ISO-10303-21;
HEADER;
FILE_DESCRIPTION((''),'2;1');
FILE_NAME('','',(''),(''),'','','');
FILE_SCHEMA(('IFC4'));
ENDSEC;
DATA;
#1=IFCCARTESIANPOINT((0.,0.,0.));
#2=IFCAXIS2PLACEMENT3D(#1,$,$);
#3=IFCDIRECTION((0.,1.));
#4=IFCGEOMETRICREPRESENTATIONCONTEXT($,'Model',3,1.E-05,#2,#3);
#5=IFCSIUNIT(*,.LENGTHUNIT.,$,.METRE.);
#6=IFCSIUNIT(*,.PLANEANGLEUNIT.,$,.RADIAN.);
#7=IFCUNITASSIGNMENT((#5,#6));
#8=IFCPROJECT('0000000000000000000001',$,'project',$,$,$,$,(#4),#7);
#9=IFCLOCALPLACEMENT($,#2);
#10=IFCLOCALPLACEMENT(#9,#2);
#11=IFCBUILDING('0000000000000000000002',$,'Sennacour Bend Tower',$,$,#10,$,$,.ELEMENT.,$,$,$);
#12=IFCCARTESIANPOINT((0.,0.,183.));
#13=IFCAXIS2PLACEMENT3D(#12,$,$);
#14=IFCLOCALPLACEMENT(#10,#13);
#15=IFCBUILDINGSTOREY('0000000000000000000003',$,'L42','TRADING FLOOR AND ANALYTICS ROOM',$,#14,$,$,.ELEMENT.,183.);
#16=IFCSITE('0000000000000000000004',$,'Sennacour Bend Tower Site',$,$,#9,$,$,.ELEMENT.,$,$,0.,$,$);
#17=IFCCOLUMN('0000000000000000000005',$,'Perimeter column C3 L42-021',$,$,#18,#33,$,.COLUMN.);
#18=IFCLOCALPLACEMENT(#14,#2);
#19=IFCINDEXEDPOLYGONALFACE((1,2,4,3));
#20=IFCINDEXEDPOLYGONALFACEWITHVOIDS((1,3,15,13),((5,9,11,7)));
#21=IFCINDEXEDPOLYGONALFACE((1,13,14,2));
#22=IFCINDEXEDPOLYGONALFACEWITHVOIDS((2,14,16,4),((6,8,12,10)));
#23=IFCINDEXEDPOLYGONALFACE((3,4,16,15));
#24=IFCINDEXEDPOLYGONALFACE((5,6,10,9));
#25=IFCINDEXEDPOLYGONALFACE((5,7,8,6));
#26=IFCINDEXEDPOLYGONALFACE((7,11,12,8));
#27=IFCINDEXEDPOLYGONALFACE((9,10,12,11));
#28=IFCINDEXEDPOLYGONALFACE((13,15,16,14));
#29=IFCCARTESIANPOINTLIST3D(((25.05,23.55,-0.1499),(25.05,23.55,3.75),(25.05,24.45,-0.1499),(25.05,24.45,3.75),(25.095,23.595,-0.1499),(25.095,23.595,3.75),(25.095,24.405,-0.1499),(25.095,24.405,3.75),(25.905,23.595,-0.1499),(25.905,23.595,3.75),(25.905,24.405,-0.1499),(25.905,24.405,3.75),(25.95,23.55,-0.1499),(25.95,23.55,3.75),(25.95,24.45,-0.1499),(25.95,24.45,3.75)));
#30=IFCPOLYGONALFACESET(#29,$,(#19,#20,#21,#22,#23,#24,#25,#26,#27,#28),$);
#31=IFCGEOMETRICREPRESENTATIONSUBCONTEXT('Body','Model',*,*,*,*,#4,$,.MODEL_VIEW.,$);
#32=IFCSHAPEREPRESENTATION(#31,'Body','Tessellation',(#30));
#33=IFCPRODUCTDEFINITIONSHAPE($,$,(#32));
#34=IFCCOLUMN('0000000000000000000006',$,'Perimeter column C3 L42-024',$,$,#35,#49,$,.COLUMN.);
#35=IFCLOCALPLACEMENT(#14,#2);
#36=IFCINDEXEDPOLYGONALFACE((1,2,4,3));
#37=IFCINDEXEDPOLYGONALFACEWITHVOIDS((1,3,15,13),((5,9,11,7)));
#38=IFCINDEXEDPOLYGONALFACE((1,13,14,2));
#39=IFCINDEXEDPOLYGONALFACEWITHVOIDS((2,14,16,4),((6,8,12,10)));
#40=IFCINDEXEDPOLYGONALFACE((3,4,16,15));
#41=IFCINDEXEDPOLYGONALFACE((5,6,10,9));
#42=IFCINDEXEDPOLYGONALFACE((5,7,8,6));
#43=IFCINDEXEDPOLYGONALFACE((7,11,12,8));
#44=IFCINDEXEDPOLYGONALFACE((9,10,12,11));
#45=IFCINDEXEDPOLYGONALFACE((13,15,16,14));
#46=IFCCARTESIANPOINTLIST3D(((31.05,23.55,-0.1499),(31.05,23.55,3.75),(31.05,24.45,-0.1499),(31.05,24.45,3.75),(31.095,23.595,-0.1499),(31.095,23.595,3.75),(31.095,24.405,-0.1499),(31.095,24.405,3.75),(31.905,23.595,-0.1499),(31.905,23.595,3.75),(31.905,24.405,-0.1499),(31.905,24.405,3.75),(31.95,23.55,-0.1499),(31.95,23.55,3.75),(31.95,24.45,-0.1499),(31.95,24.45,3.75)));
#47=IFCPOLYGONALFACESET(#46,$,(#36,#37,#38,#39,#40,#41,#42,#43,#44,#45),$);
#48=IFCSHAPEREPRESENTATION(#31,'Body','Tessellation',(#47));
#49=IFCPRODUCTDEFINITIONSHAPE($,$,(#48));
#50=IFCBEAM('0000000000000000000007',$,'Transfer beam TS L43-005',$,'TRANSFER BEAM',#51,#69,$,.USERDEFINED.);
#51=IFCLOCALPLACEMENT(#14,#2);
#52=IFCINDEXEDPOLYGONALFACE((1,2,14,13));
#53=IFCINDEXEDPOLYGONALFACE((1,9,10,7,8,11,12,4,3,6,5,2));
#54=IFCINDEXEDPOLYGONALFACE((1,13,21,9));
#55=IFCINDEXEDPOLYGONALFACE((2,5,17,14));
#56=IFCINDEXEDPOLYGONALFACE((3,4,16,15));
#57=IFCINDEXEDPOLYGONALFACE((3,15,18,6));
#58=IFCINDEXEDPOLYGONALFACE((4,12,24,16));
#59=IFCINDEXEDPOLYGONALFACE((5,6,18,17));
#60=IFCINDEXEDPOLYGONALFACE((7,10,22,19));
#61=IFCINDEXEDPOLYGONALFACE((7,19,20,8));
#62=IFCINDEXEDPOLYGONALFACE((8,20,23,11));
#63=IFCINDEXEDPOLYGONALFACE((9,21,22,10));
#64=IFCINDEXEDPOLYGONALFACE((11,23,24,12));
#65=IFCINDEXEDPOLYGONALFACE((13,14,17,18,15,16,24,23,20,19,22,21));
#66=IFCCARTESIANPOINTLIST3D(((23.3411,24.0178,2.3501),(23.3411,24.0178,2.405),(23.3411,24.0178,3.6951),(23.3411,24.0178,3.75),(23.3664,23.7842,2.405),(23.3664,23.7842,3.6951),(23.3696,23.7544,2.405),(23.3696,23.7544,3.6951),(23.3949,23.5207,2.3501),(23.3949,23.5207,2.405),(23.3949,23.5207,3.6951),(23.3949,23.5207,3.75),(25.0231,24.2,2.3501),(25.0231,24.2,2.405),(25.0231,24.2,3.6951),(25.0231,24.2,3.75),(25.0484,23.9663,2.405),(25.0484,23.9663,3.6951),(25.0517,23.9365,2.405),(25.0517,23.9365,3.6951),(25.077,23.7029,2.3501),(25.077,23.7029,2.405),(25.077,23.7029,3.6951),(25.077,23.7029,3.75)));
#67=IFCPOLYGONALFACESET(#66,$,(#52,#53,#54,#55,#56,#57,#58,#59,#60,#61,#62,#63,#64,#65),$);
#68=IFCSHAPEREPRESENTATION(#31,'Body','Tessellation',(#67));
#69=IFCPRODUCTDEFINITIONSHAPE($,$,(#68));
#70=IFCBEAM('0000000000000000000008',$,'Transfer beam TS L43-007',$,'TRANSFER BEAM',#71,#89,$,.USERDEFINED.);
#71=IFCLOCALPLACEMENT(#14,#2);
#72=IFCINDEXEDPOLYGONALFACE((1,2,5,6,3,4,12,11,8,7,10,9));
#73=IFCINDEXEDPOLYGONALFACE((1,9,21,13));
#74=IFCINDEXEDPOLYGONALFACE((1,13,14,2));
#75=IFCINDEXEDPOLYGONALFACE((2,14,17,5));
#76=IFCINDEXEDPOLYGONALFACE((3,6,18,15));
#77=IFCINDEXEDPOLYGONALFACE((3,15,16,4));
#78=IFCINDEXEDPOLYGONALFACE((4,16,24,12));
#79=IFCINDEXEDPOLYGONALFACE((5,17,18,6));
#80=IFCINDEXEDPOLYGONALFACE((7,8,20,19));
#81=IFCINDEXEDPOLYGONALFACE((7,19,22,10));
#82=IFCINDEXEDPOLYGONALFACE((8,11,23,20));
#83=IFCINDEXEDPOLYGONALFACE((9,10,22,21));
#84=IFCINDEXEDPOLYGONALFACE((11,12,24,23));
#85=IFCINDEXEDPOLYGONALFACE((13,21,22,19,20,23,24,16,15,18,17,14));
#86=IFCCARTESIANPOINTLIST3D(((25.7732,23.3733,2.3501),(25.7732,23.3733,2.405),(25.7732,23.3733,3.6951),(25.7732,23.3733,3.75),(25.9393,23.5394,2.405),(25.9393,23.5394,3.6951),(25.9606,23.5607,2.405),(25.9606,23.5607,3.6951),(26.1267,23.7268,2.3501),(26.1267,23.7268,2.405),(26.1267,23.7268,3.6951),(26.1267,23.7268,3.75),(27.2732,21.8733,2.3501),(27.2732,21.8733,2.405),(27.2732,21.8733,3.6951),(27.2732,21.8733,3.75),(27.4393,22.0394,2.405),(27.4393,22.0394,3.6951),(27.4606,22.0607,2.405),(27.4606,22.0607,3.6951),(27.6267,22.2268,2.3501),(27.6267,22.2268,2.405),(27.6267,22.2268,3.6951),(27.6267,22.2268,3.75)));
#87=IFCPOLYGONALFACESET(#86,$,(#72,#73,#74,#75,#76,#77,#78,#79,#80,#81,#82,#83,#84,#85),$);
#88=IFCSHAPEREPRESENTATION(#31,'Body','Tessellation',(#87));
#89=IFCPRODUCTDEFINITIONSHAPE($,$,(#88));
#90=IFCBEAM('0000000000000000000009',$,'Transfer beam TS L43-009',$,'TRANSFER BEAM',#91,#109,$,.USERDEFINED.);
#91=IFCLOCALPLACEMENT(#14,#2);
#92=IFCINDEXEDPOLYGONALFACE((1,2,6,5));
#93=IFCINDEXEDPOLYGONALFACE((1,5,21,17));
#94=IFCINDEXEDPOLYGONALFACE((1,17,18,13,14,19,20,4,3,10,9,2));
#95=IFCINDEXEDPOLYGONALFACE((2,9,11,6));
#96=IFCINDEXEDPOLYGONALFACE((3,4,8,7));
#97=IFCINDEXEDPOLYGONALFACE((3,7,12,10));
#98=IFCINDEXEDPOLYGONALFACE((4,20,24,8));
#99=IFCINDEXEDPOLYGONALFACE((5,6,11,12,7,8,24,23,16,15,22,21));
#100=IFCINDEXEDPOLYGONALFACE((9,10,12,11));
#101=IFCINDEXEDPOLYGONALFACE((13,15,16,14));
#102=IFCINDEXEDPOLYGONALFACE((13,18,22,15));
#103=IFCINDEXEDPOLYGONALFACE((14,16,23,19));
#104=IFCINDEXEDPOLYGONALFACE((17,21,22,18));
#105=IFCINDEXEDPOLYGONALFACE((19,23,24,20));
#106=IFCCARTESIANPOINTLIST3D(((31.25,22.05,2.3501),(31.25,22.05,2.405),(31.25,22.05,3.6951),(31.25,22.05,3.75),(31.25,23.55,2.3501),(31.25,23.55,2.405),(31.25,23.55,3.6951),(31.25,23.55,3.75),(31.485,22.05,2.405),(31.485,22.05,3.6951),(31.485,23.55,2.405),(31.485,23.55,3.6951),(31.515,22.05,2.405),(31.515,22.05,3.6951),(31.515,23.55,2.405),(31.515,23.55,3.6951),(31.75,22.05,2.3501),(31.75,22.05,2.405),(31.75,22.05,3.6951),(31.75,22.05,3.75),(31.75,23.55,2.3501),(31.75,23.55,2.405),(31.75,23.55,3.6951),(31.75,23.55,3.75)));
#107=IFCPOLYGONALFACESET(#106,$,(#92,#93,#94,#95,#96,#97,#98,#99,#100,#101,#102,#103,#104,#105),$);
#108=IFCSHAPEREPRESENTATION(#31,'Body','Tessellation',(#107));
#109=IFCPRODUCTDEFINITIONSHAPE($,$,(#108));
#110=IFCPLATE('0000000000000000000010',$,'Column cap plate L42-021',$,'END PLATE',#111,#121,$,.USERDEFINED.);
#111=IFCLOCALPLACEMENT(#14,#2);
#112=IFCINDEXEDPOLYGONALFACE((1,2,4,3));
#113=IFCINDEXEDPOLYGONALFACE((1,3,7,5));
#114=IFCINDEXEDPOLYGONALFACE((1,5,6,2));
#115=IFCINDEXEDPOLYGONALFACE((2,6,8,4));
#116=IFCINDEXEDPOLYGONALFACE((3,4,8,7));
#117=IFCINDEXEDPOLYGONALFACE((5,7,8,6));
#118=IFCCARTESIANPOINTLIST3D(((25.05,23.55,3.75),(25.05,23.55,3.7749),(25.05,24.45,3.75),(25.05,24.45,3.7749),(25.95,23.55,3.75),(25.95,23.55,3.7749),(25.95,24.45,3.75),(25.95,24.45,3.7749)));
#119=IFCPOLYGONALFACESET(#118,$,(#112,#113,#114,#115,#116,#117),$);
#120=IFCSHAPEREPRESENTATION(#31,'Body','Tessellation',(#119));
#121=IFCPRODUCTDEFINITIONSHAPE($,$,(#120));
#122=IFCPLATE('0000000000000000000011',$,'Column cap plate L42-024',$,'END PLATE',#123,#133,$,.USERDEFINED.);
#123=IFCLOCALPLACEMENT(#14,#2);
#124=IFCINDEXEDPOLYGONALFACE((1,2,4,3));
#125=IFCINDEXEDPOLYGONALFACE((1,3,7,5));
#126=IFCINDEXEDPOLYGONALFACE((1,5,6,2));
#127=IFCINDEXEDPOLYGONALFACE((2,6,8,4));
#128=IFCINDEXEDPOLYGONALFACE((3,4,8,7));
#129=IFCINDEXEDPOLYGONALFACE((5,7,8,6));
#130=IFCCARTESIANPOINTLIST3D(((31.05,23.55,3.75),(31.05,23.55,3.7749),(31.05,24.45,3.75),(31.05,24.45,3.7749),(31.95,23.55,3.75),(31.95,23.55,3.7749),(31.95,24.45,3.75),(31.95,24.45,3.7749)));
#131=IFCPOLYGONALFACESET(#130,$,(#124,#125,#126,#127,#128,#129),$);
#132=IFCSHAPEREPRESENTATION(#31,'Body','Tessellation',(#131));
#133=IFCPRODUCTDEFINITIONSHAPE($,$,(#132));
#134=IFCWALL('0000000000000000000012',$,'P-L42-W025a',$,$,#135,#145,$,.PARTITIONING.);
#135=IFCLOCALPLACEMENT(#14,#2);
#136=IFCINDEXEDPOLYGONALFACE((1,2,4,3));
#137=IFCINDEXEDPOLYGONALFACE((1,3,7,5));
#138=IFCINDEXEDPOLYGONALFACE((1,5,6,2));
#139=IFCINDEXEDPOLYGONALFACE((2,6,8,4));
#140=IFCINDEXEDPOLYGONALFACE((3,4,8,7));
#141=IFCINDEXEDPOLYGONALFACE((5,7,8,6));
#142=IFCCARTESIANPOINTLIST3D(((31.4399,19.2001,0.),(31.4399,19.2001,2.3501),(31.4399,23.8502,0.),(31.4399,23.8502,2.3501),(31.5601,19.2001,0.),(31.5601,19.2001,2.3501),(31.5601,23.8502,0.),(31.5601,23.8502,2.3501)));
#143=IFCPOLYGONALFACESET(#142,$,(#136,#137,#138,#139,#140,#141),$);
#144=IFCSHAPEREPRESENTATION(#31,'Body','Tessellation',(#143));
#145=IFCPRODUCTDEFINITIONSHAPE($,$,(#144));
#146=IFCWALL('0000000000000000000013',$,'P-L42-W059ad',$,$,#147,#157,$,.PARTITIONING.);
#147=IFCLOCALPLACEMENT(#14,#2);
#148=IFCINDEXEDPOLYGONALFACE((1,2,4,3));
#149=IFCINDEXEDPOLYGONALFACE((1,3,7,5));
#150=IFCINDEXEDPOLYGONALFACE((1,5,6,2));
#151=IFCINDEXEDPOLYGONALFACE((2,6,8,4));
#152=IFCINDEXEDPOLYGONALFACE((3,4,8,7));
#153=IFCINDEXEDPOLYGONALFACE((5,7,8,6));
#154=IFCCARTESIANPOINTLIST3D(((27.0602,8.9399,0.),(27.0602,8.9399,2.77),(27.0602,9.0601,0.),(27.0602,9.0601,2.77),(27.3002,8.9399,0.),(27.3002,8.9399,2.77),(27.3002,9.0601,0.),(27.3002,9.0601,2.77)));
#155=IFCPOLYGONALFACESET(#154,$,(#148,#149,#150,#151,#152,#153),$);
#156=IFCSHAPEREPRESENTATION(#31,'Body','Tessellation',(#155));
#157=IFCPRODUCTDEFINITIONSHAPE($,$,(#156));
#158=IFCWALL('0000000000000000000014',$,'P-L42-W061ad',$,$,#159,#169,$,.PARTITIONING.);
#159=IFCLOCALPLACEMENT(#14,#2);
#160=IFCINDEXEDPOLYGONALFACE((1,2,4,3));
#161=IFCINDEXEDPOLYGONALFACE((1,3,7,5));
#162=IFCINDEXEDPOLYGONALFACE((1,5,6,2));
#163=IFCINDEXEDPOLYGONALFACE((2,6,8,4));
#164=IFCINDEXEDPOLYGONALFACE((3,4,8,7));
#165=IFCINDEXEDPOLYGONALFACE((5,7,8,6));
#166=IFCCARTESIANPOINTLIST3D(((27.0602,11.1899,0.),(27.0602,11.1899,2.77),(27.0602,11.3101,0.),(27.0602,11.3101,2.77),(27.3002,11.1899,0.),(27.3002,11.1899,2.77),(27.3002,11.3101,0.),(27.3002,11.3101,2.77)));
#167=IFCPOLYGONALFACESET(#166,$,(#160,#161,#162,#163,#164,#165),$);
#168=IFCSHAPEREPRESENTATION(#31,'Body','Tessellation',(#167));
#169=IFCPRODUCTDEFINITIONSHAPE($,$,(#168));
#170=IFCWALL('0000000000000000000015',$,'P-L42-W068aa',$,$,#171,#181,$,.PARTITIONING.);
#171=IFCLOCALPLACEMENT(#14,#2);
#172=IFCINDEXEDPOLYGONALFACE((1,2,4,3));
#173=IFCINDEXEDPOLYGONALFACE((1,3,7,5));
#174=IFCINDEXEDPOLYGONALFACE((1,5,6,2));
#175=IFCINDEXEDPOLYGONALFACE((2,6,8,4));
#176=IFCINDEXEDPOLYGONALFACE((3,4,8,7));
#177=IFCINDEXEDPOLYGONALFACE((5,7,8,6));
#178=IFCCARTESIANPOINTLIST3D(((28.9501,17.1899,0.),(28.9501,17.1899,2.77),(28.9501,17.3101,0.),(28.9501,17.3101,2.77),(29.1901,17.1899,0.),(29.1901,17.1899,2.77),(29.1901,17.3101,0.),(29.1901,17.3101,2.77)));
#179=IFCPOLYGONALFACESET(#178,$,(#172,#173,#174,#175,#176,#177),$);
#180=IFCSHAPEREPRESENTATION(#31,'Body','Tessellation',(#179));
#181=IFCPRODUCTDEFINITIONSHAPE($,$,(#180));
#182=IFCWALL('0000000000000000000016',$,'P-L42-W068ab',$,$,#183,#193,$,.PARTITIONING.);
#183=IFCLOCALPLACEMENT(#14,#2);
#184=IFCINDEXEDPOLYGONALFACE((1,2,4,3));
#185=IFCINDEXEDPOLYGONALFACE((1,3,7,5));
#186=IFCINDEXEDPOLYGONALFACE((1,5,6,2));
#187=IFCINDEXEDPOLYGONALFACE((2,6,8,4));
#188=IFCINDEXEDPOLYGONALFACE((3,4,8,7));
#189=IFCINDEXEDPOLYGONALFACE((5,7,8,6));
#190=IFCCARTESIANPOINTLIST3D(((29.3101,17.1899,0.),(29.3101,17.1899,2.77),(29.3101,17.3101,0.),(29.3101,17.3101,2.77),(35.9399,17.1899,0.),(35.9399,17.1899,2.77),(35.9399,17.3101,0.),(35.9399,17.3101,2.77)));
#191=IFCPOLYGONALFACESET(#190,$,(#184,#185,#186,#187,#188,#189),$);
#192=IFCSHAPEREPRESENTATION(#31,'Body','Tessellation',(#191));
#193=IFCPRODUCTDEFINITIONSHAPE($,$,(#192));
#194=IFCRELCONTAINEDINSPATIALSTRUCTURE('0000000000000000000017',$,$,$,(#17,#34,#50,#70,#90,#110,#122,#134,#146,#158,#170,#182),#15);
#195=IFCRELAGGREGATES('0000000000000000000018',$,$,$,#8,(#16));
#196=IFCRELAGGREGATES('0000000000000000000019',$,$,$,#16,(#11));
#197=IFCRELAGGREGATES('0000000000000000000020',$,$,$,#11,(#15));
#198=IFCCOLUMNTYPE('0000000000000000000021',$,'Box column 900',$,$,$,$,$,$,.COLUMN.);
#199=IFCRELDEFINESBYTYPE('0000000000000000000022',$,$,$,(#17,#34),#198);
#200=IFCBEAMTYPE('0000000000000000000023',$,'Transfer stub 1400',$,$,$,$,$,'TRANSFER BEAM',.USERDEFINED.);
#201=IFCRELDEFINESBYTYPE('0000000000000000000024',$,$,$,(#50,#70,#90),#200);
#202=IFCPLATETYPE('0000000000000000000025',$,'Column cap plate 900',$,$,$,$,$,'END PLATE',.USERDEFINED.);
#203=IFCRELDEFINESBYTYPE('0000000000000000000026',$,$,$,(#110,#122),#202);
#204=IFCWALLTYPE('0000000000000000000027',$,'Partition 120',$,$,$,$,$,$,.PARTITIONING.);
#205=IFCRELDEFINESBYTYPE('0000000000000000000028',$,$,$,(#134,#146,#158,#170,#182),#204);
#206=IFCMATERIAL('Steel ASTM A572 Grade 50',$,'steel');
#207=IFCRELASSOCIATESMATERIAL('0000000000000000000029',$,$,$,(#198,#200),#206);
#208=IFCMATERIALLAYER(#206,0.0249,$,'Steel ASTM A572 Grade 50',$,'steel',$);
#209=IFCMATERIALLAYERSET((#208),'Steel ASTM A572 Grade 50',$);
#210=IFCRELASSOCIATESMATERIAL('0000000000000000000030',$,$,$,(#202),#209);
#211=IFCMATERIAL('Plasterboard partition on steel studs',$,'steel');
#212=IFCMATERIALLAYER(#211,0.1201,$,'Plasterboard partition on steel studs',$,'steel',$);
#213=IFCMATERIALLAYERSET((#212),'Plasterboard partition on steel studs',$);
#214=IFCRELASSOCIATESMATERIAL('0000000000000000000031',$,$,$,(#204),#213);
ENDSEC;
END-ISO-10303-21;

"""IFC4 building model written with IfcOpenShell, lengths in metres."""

from ifc_helpers import new_model, si_unit, direction, frame, frame_2d, origin, origin_2d, place, context, subcontext, project, spatial, rectangle, hollow_rectangle, i_section, extrude, material, layer, layer_set, material_profile, profile_set, type_object, element, save


model = new_model("IFC4")

# Units and contexts
model_context = context("Model", 3, precision=1e-05, world=origin(), true_north=direction((0.0, 1.0)))
body_context = subcontext(model_context, "Body", "Model", "MODEL_VIEW")
ifc_project = project(units=[si_unit("LENGTHUNIT", "METRE"), si_unit("PLANEANGLEUNIT", "RADIAN")], contexts=[model_context])

# Site, building, storey
site_placement = place(None, origin())
site = spatial("IfcSite", under=ifc_project, at=site_placement, Name="Sennacour Bend Tower Site", CompositionType="ELEMENT", RefElevation=0.0)
building_placement = place(site_placement, origin())
building = spatial("IfcBuilding", under=site, at=building_placement, Name="Sennacour Bend Tower", CompositionType="ELEMENT")
storey_placement = place(building_placement, frame((0.0, 0.0, 183.0)))
storey = spatial("IfcBuildingStorey", under=building, at=storey_placement, Name="L42", Description="TRADING FLOOR AND ANALYTICS ROOM", CompositionType="ELEMENT", Elevation=183.0)

# Columns
ifc_material_1 = material(Name="Steel ASTM A572 Grade 50", Category="steel")
ifc_material_profile_1 = material_profile(ifc_material_1, hollow_rectangle(XDim=0.8999, YDim=0.8999, WallThickness=0.0449, at=origin_2d()), Name="Steel ASTM A572 Grade 50", Category="steel")
ifc_profile_set_1 = profile_set([ifc_material_profile_1], Name="Steel ASTM A572 Grade 50")
column_type = type_object("IfcColumnType", Name="Box column 900", PredefinedType="COLUMN", material=ifc_profile_set_1)
for number, where, z_axis, x_axis, name in (
    (1, (25.5, 24.0, -0.1499), (0.0, 0.0, 1.0), (1.0, 0.0, 0.0), "Perimeter column C3 L42-021"),
    (2, (31.5, 24.0, -0.1499), (0.0, 0.0, 1.0), (1.0, 0.0, 0.0), "Perimeter column C3 L42-024"),
):
    element("IfcColumn", number, at=place(storey_placement, frame(where, z_axis=z_axis, x_axis=x_axis)), inside=storey, type_object=column_type, Name=name, PredefinedType="COLUMN", context=body_context, shape_type="SweptSolid", body=[
        extrude(hollow_rectangle(XDim=0.8999, YDim=0.8999, WallThickness=0.0449, at=origin_2d()), origin(), (0.0, 0.0, 1.0), 3.8999),
    ])

# Beams
ifc_material_profile_2 = material_profile(ifc_material_1, i_section(OverallWidth=0.5, OverallDepth=1.3999, WebThickness=0.03, FlangeThickness=0.0549, at=origin_2d()), Name="Steel ASTM A572 Grade 50", Category="steel")
ifc_profile_set_2 = profile_set([ifc_material_profile_2], Name="Steel ASTM A572 Grade 50")
beam_type = type_object("IfcBeamType", Name="Transfer stub 1400", ElementType="TRANSFER BEAM", PredefinedType="USERDEFINED", material=ifc_profile_set_2)
beam_1_placement = place(storey_placement, frame((25.05, 23.9514, 3.05), z_axis=(-0.99419, -0.107644, 0.0), x_axis=(0.107644, -0.99419, 0.0)))
element("IfcBeam", 3, at=beam_1_placement, inside=storey, type_object=beam_type, Name="Transfer beam TS L43-005", ObjectType="TRANSFER BEAM", PredefinedType="USERDEFINED", context=body_context, shape_type="SweptSolid", body=[
    extrude(i_section(OverallWidth=0.5, OverallDepth=1.3999, WebThickness=0.03, FlangeThickness=0.0549, at=origin_2d()), origin(), (0.0, 0.0, 1.0), 1.6919),
])
beam_2_placement = place(storey_placement, frame((25.95, 23.55, 3.05), z_axis=(0.707107, -0.707107, 0.0), x_axis=(0.707107, 0.707107, 0.0)))
element("IfcBeam", 4, at=beam_2_placement, inside=storey, type_object=beam_type, Name="Transfer beam TS L43-007", ObjectType="TRANSFER BEAM", PredefinedType="USERDEFINED", context=body_context, shape_type="SweptSolid", body=[
    extrude(i_section(OverallWidth=0.5, OverallDepth=1.3999, WebThickness=0.03, FlangeThickness=0.0549, at=origin_2d()), origin(), (0.0, 0.0, 1.0), 2.1213),
])
beam_3_placement = place(storey_placement, frame((31.5, 23.55, 3.05), z_axis=(0.0, -1.0, 0.0), x_axis=(1.0, 0.0, 0.0)))
element("IfcBeam", 5, at=beam_3_placement, inside=storey, type_object=beam_type, Name="Transfer beam TS L43-009", ObjectType="TRANSFER BEAM", PredefinedType="USERDEFINED", context=body_context, shape_type="SweptSolid", body=[
    extrude(i_section(OverallWidth=0.5, OverallDepth=1.3999, WebThickness=0.03, FlangeThickness=0.0549, at=origin_2d()), origin(), (0.0, 0.0, 1.0), 1.5),
])

# Plates
ifc_layer_1 = layer(ifc_material_1, 0.0249, Name="Steel ASTM A572 Grade 50", Category="steel")
ifc_layer_set_1 = layer_set([ifc_layer_1], Name="Steel ASTM A572 Grade 50")
plate_type = type_object("IfcPlateType", Name="Column cap plate 900", ElementType="END PLATE", PredefinedType="USERDEFINED", material=ifc_layer_set_1)
for number, where, z_axis, x_axis, name in (
    (6, (25.5, 24.0, 3.75), (0.0, 0.0, 1.0), (1.0, 0.0, 0.0), "Column cap plate L42-021"),
    (7, (31.5, 24.0, 3.75), (0.0, 0.0, 1.0), (1.0, 0.0, 0.0), "Column cap plate L42-024"),
):
    element("IfcPlate", number, at=place(storey_placement, frame(where, z_axis=z_axis, x_axis=x_axis)), inside=storey, type_object=plate_type, Name=name, ObjectType="END PLATE", PredefinedType="USERDEFINED", context=body_context, shape_type="SweptSolid", body=[
        extrude(rectangle(XDim=0.8999, YDim=0.8999, at=origin_2d()), origin(), (0.0, 0.0, 1.0), 0.0249),
    ])

# Walls
ifc_material_2 = material(Name="Plasterboard partition on steel studs", Category="steel")
ifc_layer_2 = layer(ifc_material_2, 0.1201, Name="Plasterboard partition on steel studs", Category="steel")
ifc_layer_set_2 = layer_set([ifc_layer_2], Name="Plasterboard partition on steel studs")
wall_type_1 = type_object("IfcWallType", Name="Partition 120", PredefinedType="PARTITIONING", material=ifc_layer_set_2)
wall_1_placement = place(storey_placement, frame((31.5, 19.2, 0.0), z_axis=(0.0, 0.0, 1.0), x_axis=(0.0, 1.0, 0.0)))
element("IfcWall", 8, at=wall_1_placement, inside=storey, type_object=wall_type_1, Name="P-L42-W025a", PredefinedType="PARTITIONING", context=body_context, shape_type="SweptSolid", body=[
    extrude(rectangle(XDim=4.6501, YDim=0.1201, at=frame_2d((2.3252, 0.0))), origin(), (0.0, 0.0, 1.0), 2.3501),
])
for number, where, z_axis, x_axis, name in (
    (9, (27.0601, 9.0, 0.0), (0.0, 0.0, 1.0), (1.0, 0.0, 0.0), "P-L42-W059ad"),
    (10, (27.0601, 11.25, 0.0), (0.0, 0.0, 1.0), (1.0, 0.0, 0.0), "P-L42-W061ad"),
    (11, (28.95, 17.25, 0.0), (0.0, 0.0, 1.0), (1.0, 0.0, 0.0), "P-L42-W068aa"),
):
    element("IfcWall", number, at=place(storey_placement, frame(where, z_axis=z_axis, x_axis=x_axis)), inside=storey, type_object=wall_type_1, Name=name, PredefinedType="PARTITIONING", context=body_context, shape_type="SweptSolid", body=[
        extrude(rectangle(XDim=0.24, YDim=0.1201, at=frame_2d((0.1201, 0.0))), origin(), (0.0, 0.0, 1.0), 2.77),
    ])
wall_2_placement = place(storey_placement, frame((29.3101, 17.25, 0.0), z_axis=(0.0, 0.0, 1.0), x_axis=(1.0, 0.0, 0.0)))
element("IfcWall", 12, at=wall_2_placement, inside=storey, type_object=wall_type_1, Name="P-L42-W068ab", PredefinedType="PARTITIONING", context=body_context, shape_type="SweptSolid", body=[
    extrude(rectangle(XDim=6.6299, YDim=0.1201, at=frame_2d((3.3149, 0.0))), origin(), (0.0, 0.0, 1.0), 2.77),
])

save(model, "model.ifc")
